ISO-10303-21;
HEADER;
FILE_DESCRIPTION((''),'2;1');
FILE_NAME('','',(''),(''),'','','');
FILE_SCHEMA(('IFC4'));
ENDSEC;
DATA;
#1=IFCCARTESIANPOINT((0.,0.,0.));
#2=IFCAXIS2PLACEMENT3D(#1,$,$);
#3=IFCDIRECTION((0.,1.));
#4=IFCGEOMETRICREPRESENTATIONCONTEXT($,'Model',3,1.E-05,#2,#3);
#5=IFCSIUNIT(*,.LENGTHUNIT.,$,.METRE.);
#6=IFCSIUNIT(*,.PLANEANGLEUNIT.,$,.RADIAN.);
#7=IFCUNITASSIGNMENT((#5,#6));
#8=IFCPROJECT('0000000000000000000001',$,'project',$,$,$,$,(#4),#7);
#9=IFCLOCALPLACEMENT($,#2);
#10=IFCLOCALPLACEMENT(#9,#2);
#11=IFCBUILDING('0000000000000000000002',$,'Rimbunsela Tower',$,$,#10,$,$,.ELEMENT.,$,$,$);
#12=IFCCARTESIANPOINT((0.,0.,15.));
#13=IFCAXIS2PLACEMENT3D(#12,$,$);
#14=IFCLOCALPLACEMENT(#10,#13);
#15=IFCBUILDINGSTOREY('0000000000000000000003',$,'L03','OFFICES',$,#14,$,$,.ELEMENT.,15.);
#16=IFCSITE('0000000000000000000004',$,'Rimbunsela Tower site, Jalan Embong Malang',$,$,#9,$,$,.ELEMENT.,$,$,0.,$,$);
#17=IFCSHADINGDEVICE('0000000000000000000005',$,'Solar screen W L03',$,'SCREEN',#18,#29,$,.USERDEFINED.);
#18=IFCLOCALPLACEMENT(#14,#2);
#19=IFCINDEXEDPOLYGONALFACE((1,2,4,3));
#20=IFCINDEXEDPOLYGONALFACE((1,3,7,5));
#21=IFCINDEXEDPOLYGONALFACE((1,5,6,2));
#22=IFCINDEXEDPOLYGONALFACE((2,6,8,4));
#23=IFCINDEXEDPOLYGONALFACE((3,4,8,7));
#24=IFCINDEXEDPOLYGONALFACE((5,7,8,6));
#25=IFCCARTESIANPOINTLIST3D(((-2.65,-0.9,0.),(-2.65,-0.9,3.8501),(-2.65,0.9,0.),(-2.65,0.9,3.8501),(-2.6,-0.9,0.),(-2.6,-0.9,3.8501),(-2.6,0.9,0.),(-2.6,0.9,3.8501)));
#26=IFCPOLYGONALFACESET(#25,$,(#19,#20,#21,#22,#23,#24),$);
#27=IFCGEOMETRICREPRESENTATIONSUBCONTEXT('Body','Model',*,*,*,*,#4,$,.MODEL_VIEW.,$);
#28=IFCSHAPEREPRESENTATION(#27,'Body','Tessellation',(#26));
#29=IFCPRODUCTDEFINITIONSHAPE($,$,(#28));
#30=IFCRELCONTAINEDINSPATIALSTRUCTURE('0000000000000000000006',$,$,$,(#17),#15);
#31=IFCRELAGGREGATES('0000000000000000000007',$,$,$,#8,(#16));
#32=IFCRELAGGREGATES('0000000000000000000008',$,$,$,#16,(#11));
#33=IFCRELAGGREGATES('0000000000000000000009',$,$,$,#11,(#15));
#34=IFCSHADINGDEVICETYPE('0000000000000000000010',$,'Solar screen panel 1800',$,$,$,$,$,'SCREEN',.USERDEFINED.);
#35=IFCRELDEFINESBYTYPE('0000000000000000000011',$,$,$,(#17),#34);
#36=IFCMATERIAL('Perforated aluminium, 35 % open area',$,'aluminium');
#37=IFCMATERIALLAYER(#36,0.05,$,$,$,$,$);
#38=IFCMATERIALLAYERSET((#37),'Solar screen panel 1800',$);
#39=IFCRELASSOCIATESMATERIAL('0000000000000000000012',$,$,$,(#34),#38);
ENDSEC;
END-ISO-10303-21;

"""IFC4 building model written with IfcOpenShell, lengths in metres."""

from ifc_helpers import new_model, si_unit, direction, frame, origin, origin_2d, place, context, subcontext, project, spatial, rectangle, extrude, material, layer, layer_set, type_object, element, save


model = new_model("IFC4")

# Units and contexts
model_context = context("Model", 3, precision=1e-05, world=origin(), true_north=direction((0.0, 1.0)))
body_context = subcontext(model_context, "Body", "Model", "MODEL_VIEW")
ifc_project = project(units=[si_unit("LENGTHUNIT", "METRE"), si_unit("PLANEANGLEUNIT", "RADIAN")], contexts=[model_context])

# Site, building, storey
site_placement = place(None, origin())
site = spatial("IfcSite", under=ifc_project, at=site_placement, Name="Rimbunsela Tower site, Jalan Embong Malang", CompositionType="ELEMENT", RefElevation=0.0)
building_placement = place(site_placement, origin())
building = spatial("IfcBuilding", under=site, at=building_placement, Name="Rimbunsela Tower", CompositionType="ELEMENT")
storey_placement = place(building_placement, frame((0.0, 0.0, 15.0)))
storey = spatial("IfcBuildingStorey", under=building, at=storey_placement, Name="L03", Description="OFFICES", CompositionType="ELEMENT", Elevation=15.0)

# Shading device
ifc_material_1 = material(Name="Perforated aluminium, 35 % open area", Category="aluminium")
ifc_layer_1 = layer(ifc_material_1, 0.05)
ifc_layer_set_1 = layer_set([ifc_layer_1], Name="Solar screen panel 1800")
shading_device_type = type_object("IfcShadingDeviceType", Name="Solar screen panel 1800", ElementType="SCREEN", PredefinedType="USERDEFINED", material=ifc_layer_set_1)
shading_device_placement = place(storey_placement, frame((-2.625, 0.0, 0.0), z_axis=(0.0, 0.0, 1.0), x_axis=(0.0, 1.0, 0.0)))
element("IfcShadingDevice", 1, at=shading_device_placement, inside=storey, type_object=shading_device_type, Name="Solar screen W L03", ObjectType="SCREEN", PredefinedType="USERDEFINED", context=body_context, shape_type="SweptSolid", body=[
    extrude(rectangle(XDim=1.8, YDim=0.05, at=origin_2d()), origin(), (0.0, 0.0, 1.0), 3.8501),
])

save(model, "model.ifc")
